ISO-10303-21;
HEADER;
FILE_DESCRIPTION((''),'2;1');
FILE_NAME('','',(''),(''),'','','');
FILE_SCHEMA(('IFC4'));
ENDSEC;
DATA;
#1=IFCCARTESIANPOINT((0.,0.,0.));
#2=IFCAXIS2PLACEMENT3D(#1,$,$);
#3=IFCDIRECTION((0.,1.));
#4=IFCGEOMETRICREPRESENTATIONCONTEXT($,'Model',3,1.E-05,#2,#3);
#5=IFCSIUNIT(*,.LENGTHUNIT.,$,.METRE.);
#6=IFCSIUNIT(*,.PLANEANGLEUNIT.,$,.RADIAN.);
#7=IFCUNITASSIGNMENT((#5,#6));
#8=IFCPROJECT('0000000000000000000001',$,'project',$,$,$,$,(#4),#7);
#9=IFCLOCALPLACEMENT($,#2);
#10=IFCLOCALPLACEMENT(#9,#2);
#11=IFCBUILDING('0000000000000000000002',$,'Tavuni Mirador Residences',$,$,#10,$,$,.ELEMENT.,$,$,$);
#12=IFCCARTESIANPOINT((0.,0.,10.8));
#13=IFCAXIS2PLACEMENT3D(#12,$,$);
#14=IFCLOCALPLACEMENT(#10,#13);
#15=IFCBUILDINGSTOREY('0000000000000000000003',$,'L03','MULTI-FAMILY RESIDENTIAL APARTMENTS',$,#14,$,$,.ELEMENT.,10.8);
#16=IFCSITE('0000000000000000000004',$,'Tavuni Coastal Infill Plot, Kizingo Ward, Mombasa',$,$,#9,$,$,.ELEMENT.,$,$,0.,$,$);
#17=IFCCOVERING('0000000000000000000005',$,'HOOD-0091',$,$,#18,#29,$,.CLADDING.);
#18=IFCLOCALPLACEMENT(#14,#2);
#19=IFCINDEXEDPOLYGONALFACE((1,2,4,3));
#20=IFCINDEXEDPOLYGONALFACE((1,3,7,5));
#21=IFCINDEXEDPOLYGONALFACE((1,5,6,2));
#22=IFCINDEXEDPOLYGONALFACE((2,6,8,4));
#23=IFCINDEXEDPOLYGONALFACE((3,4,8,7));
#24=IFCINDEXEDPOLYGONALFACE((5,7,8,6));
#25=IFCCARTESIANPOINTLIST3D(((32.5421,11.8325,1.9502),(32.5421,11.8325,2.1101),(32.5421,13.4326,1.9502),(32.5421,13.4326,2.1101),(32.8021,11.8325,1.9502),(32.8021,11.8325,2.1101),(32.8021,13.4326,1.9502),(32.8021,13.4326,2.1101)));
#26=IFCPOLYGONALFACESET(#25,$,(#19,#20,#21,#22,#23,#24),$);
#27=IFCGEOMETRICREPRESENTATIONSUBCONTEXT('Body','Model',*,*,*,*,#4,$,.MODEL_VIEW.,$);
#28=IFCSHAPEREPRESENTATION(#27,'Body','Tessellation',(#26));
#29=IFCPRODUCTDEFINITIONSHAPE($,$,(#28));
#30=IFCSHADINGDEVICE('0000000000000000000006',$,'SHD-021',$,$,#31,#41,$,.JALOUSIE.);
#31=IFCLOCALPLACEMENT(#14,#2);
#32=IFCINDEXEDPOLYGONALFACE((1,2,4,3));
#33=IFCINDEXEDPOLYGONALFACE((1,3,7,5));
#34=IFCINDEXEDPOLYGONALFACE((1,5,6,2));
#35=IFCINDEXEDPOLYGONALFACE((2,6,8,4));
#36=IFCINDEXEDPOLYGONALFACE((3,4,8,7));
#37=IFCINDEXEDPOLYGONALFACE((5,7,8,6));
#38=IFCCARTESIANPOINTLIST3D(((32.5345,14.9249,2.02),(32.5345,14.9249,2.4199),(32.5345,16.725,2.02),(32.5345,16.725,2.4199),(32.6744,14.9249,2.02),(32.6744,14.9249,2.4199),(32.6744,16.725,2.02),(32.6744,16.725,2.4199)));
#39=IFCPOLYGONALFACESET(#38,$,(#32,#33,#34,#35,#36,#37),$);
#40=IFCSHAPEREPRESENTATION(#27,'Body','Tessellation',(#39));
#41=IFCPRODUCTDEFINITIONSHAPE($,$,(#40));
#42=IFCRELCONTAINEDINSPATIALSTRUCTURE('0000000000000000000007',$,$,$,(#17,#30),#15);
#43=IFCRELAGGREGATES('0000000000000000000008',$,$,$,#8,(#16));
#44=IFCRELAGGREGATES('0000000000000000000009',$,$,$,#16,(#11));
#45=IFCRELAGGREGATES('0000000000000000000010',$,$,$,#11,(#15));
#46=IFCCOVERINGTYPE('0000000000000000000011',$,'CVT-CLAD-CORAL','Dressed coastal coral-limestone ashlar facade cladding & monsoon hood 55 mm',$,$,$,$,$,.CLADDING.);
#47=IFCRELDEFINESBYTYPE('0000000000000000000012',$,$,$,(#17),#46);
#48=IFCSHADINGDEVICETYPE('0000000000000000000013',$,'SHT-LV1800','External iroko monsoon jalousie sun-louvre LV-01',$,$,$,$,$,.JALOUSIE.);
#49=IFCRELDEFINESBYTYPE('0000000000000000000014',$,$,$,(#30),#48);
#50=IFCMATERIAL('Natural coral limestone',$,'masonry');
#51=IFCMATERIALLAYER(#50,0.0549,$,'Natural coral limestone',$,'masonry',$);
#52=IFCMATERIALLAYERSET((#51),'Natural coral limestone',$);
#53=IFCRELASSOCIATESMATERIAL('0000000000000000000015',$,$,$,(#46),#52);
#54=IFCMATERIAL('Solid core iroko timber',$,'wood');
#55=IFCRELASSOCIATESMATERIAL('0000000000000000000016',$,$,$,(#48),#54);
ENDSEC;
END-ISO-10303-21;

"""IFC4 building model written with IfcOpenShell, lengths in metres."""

from ifc_helpers import new_model, si_unit, direction, frame, origin, origin_2d, place, context, subcontext, project, spatial, rectangle, extrude, material, layer, layer_set, type_object, element, save


model = new_model("IFC4")

# Units and contexts
model_context = context("Model", 3, precision=1e-05, world=origin(), true_north=direction((0.0, 1.0)))
body_context = subcontext(model_context, "Body", "Model", "MODEL_VIEW")
ifc_project = project(units=[si_unit("LENGTHUNIT", "METRE"), si_unit("PLANEANGLEUNIT", "RADIAN")], contexts=[model_context])

# Site, building, storey
site_placement = place(None, origin())
site = spatial("IfcSite", under=ifc_project, at=site_placement, Name="Tavuni Coastal Infill Plot, Kizingo Ward, Mombasa", CompositionType="ELEMENT", RefElevation=0.0)
building_placement = place(site_placement, origin())
building = spatial("IfcBuilding", under=site, at=building_placement, Name="Tavuni Mirador Residences", CompositionType="ELEMENT")
storey_placement = place(building_placement, frame((0.0, 0.0, 10.8)))
storey = spatial("IfcBuildingStorey", under=building, at=storey_placement, Name="L03", Description="MULTI-FAMILY RESIDENTIAL APARTMENTS", CompositionType="ELEMENT", Elevation=10.8)

# Covering
ifc_material_1 = material(Name="Natural coral limestone", Category="masonry")
ifc_layer_1 = layer(ifc_material_1, 0.0549, Name="Natural coral limestone", Category="masonry")
ifc_layer_set_1 = layer_set([ifc_layer_1], Name="Natural coral limestone")
covering_type = type_object("IfcCoveringType", Name="CVT-CLAD-CORAL", Description="Dressed coastal coral-limestone ashlar facade cladding & monsoon hood 55 mm", PredefinedType="CLADDING", material=ifc_layer_set_1)
covering_placement = place(storey_placement, frame((32.6721, 12.6326, 1.9502), z_axis=(0.0, 0.0, 1.0), x_axis=(0.0, 1.0, 0.0)))
element("IfcCovering", 1, at=covering_placement, inside=storey, type_object=covering_type, Name="HOOD-0091", PredefinedType="CLADDING", context=body_context, shape_type="SweptSolid", body=[
    extrude(rectangle(XDim=1.6001, YDim=0.26, at=origin_2d()), origin(), (0.0, 0.0, 1.0), 0.1599),
])

# Shading device
ifc_material_2 = material(Name="Solid core iroko timber", Category="wood")
shading_device_type = type_object("IfcShadingDeviceType", Name="SHT-LV1800", Description="External iroko monsoon jalousie sun-louvre LV-01", PredefinedType="JALOUSIE", material=ifc_material_2)
shading_device_placement = place(storey_placement, frame((32.6045, 15.825, 2.02), z_axis=(0.0, 0.0, 1.0), x_axis=(0.0, 1.0, 0.0)))
element("IfcShadingDevice", 2, at=shading_device_placement, inside=storey, type_object=shading_device_type, Name="SHD-021", PredefinedType="JALOUSIE", context=body_context, shape_type="SweptSolid", body=[
    extrude(rectangle(XDim=1.8, YDim=0.1399, at=origin_2d()), origin(), (0.0, 0.0, 1.0), 0.3999),
])

save(model, "model.ifc")
